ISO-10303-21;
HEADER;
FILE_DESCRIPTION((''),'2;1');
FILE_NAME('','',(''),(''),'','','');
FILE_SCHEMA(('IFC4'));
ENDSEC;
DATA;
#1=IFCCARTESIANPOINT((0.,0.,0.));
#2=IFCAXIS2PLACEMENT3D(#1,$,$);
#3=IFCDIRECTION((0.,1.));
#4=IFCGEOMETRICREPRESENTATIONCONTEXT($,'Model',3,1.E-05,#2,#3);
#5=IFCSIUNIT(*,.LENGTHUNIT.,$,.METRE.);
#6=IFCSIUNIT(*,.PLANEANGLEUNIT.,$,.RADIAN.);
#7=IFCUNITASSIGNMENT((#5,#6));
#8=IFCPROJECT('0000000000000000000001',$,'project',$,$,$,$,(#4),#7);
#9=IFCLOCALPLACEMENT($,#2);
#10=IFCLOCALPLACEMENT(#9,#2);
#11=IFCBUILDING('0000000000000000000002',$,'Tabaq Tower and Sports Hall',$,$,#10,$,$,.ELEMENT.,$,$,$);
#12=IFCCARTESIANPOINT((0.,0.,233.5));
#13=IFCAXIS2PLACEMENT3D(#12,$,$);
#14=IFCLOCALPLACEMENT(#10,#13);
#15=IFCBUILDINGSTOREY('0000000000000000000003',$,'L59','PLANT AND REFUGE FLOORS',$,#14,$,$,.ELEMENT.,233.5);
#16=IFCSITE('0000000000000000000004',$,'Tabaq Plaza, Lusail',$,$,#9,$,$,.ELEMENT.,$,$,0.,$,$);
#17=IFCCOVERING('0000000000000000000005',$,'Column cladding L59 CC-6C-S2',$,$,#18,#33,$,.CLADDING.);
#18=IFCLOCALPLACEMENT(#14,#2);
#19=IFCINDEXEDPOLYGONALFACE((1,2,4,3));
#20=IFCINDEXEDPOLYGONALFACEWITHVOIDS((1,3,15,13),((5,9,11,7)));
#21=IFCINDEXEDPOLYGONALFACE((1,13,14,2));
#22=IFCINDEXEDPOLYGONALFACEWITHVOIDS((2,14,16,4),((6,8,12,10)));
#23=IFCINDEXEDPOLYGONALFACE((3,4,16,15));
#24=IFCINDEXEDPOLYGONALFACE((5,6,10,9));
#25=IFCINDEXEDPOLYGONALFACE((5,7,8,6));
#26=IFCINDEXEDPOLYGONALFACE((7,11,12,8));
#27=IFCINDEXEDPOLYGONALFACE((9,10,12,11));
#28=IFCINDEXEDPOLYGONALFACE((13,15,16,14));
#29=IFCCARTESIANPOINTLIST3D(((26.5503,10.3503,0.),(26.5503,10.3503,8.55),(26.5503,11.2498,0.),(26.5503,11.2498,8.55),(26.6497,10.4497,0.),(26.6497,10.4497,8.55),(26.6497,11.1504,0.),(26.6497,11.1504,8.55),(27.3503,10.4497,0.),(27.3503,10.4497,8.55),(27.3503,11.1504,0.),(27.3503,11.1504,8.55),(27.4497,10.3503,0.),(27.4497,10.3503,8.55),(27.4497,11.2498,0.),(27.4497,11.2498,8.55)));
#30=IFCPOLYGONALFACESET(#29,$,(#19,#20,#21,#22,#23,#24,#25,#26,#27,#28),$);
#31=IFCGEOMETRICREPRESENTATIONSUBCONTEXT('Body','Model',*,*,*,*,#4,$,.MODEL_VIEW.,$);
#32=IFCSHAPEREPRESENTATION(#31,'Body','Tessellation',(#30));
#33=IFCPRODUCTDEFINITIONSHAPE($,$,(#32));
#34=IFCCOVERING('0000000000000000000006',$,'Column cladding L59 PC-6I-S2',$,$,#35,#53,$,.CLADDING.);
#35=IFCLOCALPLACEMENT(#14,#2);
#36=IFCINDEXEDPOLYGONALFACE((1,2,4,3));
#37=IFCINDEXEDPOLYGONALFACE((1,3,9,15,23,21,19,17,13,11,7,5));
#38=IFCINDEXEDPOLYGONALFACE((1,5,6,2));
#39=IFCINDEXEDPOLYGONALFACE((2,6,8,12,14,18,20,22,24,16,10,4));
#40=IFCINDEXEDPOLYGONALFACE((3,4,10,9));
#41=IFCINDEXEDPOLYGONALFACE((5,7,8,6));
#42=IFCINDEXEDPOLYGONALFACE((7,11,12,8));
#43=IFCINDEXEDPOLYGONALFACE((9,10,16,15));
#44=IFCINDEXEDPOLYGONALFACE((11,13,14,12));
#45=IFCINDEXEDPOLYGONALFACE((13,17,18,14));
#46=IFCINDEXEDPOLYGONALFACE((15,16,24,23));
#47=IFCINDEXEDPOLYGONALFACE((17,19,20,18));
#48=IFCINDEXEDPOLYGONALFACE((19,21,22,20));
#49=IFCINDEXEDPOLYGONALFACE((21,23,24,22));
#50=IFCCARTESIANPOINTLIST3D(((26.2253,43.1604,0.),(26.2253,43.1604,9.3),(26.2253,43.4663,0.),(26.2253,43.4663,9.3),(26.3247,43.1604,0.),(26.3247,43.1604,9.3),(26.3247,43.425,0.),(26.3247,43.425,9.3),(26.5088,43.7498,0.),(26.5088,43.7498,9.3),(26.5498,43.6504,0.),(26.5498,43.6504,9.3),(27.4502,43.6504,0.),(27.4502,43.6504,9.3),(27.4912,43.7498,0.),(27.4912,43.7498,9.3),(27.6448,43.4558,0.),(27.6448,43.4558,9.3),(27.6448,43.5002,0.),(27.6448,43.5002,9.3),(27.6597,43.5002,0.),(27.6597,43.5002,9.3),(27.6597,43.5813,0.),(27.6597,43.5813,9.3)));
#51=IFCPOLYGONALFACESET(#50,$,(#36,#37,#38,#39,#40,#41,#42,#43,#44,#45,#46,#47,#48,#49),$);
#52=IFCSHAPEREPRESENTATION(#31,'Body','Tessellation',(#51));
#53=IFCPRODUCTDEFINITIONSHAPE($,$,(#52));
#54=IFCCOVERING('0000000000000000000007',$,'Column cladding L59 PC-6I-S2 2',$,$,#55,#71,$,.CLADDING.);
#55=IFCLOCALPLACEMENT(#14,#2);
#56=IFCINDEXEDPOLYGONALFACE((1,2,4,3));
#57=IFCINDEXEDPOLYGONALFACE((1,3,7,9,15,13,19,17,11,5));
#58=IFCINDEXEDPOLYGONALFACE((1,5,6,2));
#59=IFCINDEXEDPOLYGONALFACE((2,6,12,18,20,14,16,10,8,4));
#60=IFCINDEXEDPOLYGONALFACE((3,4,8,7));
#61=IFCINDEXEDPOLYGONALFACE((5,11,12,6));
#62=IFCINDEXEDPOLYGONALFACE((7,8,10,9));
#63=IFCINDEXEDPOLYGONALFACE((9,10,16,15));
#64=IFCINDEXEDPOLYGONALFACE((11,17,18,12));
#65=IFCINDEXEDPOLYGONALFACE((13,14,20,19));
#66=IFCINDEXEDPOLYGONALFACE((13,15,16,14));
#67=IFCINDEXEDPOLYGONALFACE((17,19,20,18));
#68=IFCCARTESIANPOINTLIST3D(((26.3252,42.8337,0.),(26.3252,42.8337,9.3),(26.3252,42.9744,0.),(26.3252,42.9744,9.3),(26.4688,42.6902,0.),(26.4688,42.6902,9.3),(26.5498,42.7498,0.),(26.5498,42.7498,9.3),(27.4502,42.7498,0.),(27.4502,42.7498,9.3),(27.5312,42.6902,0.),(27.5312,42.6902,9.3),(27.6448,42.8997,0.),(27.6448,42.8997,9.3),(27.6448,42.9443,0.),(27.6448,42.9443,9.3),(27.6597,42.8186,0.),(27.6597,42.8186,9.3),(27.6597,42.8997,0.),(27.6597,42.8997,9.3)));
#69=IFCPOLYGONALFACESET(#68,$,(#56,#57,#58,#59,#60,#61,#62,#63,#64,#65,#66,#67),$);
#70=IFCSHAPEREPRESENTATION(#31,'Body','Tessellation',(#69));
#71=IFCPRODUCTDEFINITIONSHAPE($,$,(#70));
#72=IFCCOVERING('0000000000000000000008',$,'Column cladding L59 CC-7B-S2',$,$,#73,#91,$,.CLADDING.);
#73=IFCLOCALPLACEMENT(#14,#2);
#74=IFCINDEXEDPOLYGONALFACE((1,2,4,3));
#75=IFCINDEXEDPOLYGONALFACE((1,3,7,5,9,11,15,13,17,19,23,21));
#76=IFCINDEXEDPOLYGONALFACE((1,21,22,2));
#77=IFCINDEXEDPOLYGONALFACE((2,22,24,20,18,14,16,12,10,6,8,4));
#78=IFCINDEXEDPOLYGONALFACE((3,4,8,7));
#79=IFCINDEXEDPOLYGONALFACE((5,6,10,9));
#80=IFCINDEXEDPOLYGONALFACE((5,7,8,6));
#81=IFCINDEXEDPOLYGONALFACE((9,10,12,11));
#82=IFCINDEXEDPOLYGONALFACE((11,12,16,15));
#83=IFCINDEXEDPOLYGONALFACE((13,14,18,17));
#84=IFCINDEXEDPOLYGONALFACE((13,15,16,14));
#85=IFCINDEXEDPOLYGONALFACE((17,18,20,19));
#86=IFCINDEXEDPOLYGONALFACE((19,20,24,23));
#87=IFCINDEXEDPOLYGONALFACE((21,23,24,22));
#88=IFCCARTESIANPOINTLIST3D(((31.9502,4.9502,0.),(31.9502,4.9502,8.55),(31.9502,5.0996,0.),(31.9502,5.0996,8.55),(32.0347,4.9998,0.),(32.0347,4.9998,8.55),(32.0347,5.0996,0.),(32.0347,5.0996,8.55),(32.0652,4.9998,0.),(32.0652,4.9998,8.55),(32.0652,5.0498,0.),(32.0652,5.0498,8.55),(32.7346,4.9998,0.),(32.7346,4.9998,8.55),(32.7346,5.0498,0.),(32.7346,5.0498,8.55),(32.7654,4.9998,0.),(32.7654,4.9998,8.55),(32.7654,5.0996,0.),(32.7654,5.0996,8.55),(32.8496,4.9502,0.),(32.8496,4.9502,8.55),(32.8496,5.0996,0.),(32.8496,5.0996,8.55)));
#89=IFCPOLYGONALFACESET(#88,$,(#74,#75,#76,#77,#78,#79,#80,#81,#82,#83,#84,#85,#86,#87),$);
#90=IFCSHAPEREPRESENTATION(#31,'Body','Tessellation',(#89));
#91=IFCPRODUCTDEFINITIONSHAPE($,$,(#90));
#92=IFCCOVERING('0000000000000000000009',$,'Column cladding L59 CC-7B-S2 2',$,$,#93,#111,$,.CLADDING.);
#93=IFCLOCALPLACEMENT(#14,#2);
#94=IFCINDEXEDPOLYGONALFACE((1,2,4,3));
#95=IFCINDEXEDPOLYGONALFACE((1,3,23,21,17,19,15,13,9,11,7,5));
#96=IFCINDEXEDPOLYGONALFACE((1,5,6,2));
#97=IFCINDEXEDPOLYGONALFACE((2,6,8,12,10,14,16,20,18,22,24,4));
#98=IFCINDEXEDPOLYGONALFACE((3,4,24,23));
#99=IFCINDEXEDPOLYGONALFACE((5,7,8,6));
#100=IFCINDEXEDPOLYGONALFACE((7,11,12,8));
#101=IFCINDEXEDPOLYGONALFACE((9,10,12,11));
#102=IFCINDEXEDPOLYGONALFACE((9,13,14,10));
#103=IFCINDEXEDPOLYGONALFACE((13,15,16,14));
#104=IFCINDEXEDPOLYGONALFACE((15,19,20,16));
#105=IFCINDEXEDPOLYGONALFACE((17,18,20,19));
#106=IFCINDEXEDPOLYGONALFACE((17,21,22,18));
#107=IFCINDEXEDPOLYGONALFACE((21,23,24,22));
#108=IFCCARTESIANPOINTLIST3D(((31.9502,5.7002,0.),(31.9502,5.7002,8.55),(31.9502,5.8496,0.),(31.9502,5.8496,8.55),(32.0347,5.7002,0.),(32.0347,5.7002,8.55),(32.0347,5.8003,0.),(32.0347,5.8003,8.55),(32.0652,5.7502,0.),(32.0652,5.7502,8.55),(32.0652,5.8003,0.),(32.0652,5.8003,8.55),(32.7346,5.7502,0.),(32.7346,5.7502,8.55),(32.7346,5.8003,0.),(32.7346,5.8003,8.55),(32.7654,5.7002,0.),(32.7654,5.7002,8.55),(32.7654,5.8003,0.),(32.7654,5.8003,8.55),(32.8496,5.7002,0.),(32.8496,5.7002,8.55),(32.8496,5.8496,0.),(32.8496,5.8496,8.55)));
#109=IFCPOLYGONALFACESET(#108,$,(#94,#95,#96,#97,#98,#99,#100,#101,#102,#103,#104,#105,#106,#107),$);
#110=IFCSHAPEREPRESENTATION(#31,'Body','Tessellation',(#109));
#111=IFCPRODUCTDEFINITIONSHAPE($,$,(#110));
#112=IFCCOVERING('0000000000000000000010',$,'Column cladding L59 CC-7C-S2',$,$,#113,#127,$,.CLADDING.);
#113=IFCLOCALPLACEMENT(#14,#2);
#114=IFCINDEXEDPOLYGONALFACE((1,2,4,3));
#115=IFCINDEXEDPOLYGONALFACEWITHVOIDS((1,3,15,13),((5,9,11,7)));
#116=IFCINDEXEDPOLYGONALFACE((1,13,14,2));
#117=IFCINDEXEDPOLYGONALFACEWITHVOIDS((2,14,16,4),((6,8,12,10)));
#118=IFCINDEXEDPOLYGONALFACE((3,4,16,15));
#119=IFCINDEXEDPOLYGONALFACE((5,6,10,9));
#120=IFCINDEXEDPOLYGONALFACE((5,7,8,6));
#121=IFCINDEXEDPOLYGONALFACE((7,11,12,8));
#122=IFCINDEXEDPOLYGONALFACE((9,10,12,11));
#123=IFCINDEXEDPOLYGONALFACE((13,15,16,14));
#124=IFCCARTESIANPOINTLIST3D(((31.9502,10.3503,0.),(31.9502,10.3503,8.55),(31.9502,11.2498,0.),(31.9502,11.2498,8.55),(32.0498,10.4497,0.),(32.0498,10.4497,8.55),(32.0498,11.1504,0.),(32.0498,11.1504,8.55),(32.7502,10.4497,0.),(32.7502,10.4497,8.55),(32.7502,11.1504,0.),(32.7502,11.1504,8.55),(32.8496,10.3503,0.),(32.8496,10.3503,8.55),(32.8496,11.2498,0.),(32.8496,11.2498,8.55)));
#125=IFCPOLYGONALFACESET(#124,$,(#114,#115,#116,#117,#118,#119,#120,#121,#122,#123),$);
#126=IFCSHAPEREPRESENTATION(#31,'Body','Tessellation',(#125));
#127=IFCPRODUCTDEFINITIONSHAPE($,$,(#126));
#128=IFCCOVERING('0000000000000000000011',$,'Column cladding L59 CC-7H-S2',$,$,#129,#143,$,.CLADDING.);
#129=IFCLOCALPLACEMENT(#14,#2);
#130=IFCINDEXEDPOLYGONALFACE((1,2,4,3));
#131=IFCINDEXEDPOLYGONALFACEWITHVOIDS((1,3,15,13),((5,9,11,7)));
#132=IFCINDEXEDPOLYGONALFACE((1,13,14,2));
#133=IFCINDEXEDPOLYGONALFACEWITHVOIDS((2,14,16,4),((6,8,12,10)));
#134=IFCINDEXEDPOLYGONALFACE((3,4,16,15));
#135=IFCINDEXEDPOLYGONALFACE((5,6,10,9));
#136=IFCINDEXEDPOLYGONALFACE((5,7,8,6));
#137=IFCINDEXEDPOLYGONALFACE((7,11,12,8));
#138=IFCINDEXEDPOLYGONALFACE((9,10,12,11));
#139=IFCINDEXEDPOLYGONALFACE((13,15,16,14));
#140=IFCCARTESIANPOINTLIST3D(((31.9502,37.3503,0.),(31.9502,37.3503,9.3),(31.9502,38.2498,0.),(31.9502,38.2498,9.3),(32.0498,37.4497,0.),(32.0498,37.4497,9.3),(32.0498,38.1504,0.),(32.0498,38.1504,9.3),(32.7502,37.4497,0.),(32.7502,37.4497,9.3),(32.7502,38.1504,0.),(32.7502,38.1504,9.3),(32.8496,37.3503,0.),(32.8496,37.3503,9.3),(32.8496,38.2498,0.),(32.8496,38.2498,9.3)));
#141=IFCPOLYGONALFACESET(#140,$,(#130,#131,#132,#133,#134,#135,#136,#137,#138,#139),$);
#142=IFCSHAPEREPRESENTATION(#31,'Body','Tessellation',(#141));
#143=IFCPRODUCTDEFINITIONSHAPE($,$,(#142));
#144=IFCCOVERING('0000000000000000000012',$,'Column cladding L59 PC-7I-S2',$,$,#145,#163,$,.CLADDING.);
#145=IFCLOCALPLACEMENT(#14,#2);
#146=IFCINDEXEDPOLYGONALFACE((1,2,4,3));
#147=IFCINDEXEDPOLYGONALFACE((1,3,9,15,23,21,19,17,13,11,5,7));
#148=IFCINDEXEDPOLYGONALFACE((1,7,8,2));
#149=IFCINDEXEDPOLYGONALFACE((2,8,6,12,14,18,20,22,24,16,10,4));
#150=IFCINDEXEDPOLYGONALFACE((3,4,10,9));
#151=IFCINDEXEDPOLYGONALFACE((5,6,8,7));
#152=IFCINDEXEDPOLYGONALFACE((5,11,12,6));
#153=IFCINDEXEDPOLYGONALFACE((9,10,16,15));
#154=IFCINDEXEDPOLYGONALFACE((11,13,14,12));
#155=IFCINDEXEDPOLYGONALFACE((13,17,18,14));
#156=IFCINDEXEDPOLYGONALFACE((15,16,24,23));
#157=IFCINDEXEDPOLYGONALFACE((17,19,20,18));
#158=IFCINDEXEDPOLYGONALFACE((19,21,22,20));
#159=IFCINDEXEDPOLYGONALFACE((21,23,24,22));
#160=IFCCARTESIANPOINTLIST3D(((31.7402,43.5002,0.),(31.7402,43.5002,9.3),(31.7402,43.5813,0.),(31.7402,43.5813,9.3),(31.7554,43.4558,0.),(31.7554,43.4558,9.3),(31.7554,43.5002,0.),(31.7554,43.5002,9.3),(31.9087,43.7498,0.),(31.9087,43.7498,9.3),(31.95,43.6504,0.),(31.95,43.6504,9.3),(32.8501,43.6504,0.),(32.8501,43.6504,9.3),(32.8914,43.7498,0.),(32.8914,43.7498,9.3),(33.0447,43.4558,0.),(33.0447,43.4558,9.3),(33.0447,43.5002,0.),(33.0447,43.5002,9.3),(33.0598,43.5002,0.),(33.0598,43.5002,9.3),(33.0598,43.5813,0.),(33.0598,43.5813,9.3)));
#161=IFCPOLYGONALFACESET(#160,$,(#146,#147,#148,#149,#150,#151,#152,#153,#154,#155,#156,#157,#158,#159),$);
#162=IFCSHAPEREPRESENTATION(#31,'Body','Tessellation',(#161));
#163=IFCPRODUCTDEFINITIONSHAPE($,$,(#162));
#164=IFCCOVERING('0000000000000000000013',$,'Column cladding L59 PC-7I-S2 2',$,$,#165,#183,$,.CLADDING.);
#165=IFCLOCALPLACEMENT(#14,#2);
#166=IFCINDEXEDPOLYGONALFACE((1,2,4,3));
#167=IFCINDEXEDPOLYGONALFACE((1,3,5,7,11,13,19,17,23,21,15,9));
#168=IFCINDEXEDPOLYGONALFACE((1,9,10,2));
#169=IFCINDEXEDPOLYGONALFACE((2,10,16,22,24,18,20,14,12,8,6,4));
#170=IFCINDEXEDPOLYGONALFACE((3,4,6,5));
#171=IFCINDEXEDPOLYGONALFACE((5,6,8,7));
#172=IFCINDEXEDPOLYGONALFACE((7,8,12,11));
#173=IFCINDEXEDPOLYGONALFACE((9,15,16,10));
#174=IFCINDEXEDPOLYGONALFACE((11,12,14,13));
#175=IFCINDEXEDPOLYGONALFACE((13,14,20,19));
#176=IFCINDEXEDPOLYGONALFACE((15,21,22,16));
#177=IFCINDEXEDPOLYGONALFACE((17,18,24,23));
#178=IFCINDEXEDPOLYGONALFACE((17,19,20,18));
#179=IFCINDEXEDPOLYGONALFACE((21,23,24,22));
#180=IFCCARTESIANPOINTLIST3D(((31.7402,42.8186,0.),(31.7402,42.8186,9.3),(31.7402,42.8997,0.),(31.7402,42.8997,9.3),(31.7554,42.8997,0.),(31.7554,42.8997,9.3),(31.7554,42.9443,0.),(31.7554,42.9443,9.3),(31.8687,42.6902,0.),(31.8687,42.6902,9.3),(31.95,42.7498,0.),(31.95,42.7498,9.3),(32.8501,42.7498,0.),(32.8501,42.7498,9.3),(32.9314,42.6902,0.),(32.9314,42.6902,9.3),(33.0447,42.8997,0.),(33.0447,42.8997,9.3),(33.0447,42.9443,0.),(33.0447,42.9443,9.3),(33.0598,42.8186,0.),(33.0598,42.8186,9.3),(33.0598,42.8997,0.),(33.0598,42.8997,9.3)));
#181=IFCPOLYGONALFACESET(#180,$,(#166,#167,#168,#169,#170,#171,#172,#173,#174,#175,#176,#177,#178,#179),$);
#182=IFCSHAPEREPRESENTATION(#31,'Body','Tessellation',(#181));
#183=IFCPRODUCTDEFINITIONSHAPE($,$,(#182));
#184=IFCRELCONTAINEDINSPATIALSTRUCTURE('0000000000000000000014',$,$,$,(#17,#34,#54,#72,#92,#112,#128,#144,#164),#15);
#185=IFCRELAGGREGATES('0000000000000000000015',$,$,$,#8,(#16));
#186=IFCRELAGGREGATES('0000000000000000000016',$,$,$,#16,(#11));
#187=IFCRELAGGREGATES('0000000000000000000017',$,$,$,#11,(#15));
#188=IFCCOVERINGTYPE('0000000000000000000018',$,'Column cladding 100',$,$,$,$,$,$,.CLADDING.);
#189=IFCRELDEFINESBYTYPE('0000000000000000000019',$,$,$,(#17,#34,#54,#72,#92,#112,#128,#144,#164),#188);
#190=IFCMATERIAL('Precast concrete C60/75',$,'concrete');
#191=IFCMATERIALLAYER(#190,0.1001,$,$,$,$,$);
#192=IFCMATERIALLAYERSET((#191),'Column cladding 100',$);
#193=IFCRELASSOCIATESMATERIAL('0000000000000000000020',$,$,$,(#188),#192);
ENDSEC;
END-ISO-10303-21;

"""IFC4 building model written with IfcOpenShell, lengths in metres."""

from ifc_helpers import new_model, si_unit, direction, frame, origin, place, context, subcontext, project, spatial, polyline, outline, extrude, material, layer, layer_set, type_object, element, save


model = new_model("IFC4")

# Units and contexts
model_context = context("Model", 3, precision=1e-05, world=origin(), true_north=direction((0.0, 1.0)))
body_context = subcontext(model_context, "Body", "Model", "MODEL_VIEW")
ifc_project = project(units=[si_unit("LENGTHUNIT", "METRE"), si_unit("PLANEANGLEUNIT", "RADIAN")], contexts=[model_context])

# Site, building, storey
site_placement = place(None, origin())
site = spatial("IfcSite", under=ifc_project, at=site_placement, Name="Tabaq Plaza, Lusail", CompositionType="ELEMENT", RefElevation=0.0)
building_placement = place(site_placement, origin())
building = spatial("IfcBuilding", under=site, at=building_placement, Name="Tabaq Tower and Sports Hall", CompositionType="ELEMENT")
storey_placement = place(building_placement, frame((0.0, 0.0, 233.5)))
storey = spatial("IfcBuildingStorey", under=building, at=storey_placement, Name="L59", Description="PLANT AND REFUGE FLOORS", CompositionType="ELEMENT", Elevation=233.5)

# Coverings
ifc_material_1 = material(Name="Precast concrete C60/75", Category="concrete")
ifc_layer_1 = layer(ifc_material_1, 0.1001)
ifc_layer_set_1 = layer_set([ifc_layer_1], Name="Column cladding 100")
covering_type_1 = type_object("IfcCoveringType", Name="Column cladding 100", PredefinedType="CLADDING", material=ifc_layer_set_1)
covering_1_placement = place(storey_placement, origin())
element("IfcCovering", 1, at=covering_1_placement, inside=storey, type_object=covering_type_1, Name="Column cladding L59 CC-6C-S2", PredefinedType="CLADDING", context=body_context, shape_type="SweptSolid", body=[
    extrude(outline(polyline([(26.5503, 11.2498), (27.4497, 11.2498), (27.4497, 10.3503), (26.5503, 10.3503), (26.5503, 11.2498)]), holes=[polyline([(27.3503, 10.4497), (27.3503, 11.1504), (26.6497, 11.1504), (26.6497, 10.4497), (27.3503, 10.4497)])]), origin(), (0.0, 0.0, 1.0), 8.55),
])
covering_2_placement = place(storey_placement, origin())
element("IfcCovering", 2, at=covering_2_placement, inside=storey, type_object=covering_type_1, Name="Column cladding L59 PC-6I-S2", PredefinedType="CLADDING", context=body_context, shape_type="SweptSolid", body=[
    extrude(outline(polyline([(26.2253, 43.4663), (26.5088, 43.7498), (27.4912, 43.7498), (27.6597, 43.5813), (27.6597, 43.5002), (27.6448, 43.5002), (27.6448, 43.4558), (27.4502, 43.6504), (26.5498, 43.6504), (26.3247, 43.425), (26.3247, 43.1604), (26.2253, 43.1604), (26.2253, 43.4663)])), origin(), (0.0, 0.0, 1.0), 9.3),
])
covering_3_placement = place(storey_placement, origin())
element("IfcCovering", 3, at=covering_3_placement, inside=storey, type_object=covering_type_1, Name="Column cladding L59 PC-6I-S2 2", PredefinedType="CLADDING", context=body_context, shape_type="SweptSolid", body=[
    extrude(outline(polyline([(27.5312, 42.6902), (26.4688, 42.6902), (26.3252, 42.8337), (26.3252, 42.9744), (26.5498, 42.7498), (27.4502, 42.7498), (27.6448, 42.9443), (27.6448, 42.8997), (27.6597, 42.8997), (27.6597, 42.8186), (27.5312, 42.6902)])), origin(), (0.0, 0.0, 1.0), 9.3),
])
covering_4_placement = place(storey_placement, origin())
element("IfcCovering", 4, at=covering_4_placement, inside=storey, type_object=covering_type_1, Name="Column cladding L59 CC-7B-S2", PredefinedType="CLADDING", context=body_context, shape_type="SweptSolid", body=[
    extrude(outline(polyline([(32.8496, 4.9502), (31.9502, 4.9502), (31.9502, 5.0996), (32.0347, 5.0996), (32.0347, 4.9998), (32.0652, 4.9998), (32.0652, 5.0498), (32.7346, 5.0498), (32.7346, 4.9998), (32.7654, 4.9998), (32.7654, 5.0996), (32.8496, 5.0996), (32.8496, 4.9502)])), origin(), (0.0, 0.0, 1.0), 8.55),
])
covering_5_placement = place(storey_placement, origin())
element("IfcCovering", 5, at=covering_5_placement, inside=storey, type_object=covering_type_1, Name="Column cladding L59 CC-7B-S2 2", PredefinedType="CLADDING", context=body_context, shape_type="SweptSolid", body=[
    extrude(outline(polyline([(32.8496, 5.8496), (32.8496, 5.7002), (32.7654, 5.7002), (32.7654, 5.8003), (32.7346, 5.8003), (32.7346, 5.7502), (32.0652, 5.7502), (32.0652, 5.8003), (32.0347, 5.8003), (32.0347, 5.7002), (31.9502, 5.7002), (31.9502, 5.8496), (32.8496, 5.8496)])), origin(), (0.0, 0.0, 1.0), 8.55),
])
covering_6_placement = place(storey_placement, origin())
element("IfcCovering", 6, at=covering_6_placement, inside=storey, type_object=covering_type_1, Name="Column cladding L59 CC-7C-S2", PredefinedType="CLADDING", context=body_context, shape_type="SweptSolid", body=[
    extrude(outline(polyline([(31.9502, 11.2498), (32.8496, 11.2498), (32.8496, 10.3503), (31.9502, 10.3503), (31.9502, 11.2498)]), holes=[polyline([(32.7502, 10.4497), (32.7502, 11.1504), (32.0498, 11.1504), (32.0498, 10.4497), (32.7502, 10.4497)])]), origin(), (0.0, 0.0, 1.0), 8.55),
])
covering_7_placement = place(storey_placement, origin())
element("IfcCovering", 7, at=covering_7_placement, inside=storey, type_object=covering_type_1, Name="Column cladding L59 CC-7H-S2", PredefinedType="CLADDING", context=body_context, shape_type="SweptSolid", body=[
    extrude(outline(polyline([(31.9502, 38.2498), (32.8496, 38.2498), (32.8496, 37.3503), (31.9502, 37.3503), (31.9502, 38.2498)]), holes=[polyline([(32.7502, 37.4497), (32.7502, 38.1504), (32.0498, 38.1504), (32.0498, 37.4497), (32.7502, 37.4497)])]), origin(), (0.0, 0.0, 1.0), 9.3),
])
covering_8_placement = place(storey_placement, origin())
element("IfcCovering", 8, at=covering_8_placement, inside=storey, type_object=covering_type_1, Name="Column cladding L59 PC-7I-S2", PredefinedType="CLADDING", context=body_context, shape_type="SweptSolid", body=[
    extrude(outline(polyline([(31.9087, 43.7498), (32.8914, 43.7498), (33.0598, 43.5813), (33.0598, 43.5002), (33.0447, 43.5002), (33.0447, 43.4558), (32.8501, 43.6504), (31.95, 43.6504), (31.7554, 43.4558), (31.7554, 43.5002), (31.7402, 43.5002), (31.7402, 43.5813), (31.9087, 43.7498)])), origin(), (0.0, 0.0, 1.0), 9.3),
])
covering_9_placement = place(storey_placement, origin())
element("IfcCovering", 9, at=covering_9_placement, inside=storey, type_object=covering_type_1, Name="Column cladding L59 PC-7I-S2 2", PredefinedType="CLADDING", context=body_context, shape_type="SweptSolid", body=[
    extrude(outline(polyline([(32.9314, 42.6902), (31.8687, 42.6902), (31.7402, 42.8186), (31.7402, 42.8997), (31.7554, 42.8997), (31.7554, 42.9443), (31.95, 42.7498), (32.8501, 42.7498), (33.0447, 42.9443), (33.0447, 42.8997), (33.0598, 42.8997), (33.0598, 42.8186), (32.9314, 42.6902)])), origin(), (0.0, 0.0, 1.0), 9.3),
])

save(model, "model.ifc")
